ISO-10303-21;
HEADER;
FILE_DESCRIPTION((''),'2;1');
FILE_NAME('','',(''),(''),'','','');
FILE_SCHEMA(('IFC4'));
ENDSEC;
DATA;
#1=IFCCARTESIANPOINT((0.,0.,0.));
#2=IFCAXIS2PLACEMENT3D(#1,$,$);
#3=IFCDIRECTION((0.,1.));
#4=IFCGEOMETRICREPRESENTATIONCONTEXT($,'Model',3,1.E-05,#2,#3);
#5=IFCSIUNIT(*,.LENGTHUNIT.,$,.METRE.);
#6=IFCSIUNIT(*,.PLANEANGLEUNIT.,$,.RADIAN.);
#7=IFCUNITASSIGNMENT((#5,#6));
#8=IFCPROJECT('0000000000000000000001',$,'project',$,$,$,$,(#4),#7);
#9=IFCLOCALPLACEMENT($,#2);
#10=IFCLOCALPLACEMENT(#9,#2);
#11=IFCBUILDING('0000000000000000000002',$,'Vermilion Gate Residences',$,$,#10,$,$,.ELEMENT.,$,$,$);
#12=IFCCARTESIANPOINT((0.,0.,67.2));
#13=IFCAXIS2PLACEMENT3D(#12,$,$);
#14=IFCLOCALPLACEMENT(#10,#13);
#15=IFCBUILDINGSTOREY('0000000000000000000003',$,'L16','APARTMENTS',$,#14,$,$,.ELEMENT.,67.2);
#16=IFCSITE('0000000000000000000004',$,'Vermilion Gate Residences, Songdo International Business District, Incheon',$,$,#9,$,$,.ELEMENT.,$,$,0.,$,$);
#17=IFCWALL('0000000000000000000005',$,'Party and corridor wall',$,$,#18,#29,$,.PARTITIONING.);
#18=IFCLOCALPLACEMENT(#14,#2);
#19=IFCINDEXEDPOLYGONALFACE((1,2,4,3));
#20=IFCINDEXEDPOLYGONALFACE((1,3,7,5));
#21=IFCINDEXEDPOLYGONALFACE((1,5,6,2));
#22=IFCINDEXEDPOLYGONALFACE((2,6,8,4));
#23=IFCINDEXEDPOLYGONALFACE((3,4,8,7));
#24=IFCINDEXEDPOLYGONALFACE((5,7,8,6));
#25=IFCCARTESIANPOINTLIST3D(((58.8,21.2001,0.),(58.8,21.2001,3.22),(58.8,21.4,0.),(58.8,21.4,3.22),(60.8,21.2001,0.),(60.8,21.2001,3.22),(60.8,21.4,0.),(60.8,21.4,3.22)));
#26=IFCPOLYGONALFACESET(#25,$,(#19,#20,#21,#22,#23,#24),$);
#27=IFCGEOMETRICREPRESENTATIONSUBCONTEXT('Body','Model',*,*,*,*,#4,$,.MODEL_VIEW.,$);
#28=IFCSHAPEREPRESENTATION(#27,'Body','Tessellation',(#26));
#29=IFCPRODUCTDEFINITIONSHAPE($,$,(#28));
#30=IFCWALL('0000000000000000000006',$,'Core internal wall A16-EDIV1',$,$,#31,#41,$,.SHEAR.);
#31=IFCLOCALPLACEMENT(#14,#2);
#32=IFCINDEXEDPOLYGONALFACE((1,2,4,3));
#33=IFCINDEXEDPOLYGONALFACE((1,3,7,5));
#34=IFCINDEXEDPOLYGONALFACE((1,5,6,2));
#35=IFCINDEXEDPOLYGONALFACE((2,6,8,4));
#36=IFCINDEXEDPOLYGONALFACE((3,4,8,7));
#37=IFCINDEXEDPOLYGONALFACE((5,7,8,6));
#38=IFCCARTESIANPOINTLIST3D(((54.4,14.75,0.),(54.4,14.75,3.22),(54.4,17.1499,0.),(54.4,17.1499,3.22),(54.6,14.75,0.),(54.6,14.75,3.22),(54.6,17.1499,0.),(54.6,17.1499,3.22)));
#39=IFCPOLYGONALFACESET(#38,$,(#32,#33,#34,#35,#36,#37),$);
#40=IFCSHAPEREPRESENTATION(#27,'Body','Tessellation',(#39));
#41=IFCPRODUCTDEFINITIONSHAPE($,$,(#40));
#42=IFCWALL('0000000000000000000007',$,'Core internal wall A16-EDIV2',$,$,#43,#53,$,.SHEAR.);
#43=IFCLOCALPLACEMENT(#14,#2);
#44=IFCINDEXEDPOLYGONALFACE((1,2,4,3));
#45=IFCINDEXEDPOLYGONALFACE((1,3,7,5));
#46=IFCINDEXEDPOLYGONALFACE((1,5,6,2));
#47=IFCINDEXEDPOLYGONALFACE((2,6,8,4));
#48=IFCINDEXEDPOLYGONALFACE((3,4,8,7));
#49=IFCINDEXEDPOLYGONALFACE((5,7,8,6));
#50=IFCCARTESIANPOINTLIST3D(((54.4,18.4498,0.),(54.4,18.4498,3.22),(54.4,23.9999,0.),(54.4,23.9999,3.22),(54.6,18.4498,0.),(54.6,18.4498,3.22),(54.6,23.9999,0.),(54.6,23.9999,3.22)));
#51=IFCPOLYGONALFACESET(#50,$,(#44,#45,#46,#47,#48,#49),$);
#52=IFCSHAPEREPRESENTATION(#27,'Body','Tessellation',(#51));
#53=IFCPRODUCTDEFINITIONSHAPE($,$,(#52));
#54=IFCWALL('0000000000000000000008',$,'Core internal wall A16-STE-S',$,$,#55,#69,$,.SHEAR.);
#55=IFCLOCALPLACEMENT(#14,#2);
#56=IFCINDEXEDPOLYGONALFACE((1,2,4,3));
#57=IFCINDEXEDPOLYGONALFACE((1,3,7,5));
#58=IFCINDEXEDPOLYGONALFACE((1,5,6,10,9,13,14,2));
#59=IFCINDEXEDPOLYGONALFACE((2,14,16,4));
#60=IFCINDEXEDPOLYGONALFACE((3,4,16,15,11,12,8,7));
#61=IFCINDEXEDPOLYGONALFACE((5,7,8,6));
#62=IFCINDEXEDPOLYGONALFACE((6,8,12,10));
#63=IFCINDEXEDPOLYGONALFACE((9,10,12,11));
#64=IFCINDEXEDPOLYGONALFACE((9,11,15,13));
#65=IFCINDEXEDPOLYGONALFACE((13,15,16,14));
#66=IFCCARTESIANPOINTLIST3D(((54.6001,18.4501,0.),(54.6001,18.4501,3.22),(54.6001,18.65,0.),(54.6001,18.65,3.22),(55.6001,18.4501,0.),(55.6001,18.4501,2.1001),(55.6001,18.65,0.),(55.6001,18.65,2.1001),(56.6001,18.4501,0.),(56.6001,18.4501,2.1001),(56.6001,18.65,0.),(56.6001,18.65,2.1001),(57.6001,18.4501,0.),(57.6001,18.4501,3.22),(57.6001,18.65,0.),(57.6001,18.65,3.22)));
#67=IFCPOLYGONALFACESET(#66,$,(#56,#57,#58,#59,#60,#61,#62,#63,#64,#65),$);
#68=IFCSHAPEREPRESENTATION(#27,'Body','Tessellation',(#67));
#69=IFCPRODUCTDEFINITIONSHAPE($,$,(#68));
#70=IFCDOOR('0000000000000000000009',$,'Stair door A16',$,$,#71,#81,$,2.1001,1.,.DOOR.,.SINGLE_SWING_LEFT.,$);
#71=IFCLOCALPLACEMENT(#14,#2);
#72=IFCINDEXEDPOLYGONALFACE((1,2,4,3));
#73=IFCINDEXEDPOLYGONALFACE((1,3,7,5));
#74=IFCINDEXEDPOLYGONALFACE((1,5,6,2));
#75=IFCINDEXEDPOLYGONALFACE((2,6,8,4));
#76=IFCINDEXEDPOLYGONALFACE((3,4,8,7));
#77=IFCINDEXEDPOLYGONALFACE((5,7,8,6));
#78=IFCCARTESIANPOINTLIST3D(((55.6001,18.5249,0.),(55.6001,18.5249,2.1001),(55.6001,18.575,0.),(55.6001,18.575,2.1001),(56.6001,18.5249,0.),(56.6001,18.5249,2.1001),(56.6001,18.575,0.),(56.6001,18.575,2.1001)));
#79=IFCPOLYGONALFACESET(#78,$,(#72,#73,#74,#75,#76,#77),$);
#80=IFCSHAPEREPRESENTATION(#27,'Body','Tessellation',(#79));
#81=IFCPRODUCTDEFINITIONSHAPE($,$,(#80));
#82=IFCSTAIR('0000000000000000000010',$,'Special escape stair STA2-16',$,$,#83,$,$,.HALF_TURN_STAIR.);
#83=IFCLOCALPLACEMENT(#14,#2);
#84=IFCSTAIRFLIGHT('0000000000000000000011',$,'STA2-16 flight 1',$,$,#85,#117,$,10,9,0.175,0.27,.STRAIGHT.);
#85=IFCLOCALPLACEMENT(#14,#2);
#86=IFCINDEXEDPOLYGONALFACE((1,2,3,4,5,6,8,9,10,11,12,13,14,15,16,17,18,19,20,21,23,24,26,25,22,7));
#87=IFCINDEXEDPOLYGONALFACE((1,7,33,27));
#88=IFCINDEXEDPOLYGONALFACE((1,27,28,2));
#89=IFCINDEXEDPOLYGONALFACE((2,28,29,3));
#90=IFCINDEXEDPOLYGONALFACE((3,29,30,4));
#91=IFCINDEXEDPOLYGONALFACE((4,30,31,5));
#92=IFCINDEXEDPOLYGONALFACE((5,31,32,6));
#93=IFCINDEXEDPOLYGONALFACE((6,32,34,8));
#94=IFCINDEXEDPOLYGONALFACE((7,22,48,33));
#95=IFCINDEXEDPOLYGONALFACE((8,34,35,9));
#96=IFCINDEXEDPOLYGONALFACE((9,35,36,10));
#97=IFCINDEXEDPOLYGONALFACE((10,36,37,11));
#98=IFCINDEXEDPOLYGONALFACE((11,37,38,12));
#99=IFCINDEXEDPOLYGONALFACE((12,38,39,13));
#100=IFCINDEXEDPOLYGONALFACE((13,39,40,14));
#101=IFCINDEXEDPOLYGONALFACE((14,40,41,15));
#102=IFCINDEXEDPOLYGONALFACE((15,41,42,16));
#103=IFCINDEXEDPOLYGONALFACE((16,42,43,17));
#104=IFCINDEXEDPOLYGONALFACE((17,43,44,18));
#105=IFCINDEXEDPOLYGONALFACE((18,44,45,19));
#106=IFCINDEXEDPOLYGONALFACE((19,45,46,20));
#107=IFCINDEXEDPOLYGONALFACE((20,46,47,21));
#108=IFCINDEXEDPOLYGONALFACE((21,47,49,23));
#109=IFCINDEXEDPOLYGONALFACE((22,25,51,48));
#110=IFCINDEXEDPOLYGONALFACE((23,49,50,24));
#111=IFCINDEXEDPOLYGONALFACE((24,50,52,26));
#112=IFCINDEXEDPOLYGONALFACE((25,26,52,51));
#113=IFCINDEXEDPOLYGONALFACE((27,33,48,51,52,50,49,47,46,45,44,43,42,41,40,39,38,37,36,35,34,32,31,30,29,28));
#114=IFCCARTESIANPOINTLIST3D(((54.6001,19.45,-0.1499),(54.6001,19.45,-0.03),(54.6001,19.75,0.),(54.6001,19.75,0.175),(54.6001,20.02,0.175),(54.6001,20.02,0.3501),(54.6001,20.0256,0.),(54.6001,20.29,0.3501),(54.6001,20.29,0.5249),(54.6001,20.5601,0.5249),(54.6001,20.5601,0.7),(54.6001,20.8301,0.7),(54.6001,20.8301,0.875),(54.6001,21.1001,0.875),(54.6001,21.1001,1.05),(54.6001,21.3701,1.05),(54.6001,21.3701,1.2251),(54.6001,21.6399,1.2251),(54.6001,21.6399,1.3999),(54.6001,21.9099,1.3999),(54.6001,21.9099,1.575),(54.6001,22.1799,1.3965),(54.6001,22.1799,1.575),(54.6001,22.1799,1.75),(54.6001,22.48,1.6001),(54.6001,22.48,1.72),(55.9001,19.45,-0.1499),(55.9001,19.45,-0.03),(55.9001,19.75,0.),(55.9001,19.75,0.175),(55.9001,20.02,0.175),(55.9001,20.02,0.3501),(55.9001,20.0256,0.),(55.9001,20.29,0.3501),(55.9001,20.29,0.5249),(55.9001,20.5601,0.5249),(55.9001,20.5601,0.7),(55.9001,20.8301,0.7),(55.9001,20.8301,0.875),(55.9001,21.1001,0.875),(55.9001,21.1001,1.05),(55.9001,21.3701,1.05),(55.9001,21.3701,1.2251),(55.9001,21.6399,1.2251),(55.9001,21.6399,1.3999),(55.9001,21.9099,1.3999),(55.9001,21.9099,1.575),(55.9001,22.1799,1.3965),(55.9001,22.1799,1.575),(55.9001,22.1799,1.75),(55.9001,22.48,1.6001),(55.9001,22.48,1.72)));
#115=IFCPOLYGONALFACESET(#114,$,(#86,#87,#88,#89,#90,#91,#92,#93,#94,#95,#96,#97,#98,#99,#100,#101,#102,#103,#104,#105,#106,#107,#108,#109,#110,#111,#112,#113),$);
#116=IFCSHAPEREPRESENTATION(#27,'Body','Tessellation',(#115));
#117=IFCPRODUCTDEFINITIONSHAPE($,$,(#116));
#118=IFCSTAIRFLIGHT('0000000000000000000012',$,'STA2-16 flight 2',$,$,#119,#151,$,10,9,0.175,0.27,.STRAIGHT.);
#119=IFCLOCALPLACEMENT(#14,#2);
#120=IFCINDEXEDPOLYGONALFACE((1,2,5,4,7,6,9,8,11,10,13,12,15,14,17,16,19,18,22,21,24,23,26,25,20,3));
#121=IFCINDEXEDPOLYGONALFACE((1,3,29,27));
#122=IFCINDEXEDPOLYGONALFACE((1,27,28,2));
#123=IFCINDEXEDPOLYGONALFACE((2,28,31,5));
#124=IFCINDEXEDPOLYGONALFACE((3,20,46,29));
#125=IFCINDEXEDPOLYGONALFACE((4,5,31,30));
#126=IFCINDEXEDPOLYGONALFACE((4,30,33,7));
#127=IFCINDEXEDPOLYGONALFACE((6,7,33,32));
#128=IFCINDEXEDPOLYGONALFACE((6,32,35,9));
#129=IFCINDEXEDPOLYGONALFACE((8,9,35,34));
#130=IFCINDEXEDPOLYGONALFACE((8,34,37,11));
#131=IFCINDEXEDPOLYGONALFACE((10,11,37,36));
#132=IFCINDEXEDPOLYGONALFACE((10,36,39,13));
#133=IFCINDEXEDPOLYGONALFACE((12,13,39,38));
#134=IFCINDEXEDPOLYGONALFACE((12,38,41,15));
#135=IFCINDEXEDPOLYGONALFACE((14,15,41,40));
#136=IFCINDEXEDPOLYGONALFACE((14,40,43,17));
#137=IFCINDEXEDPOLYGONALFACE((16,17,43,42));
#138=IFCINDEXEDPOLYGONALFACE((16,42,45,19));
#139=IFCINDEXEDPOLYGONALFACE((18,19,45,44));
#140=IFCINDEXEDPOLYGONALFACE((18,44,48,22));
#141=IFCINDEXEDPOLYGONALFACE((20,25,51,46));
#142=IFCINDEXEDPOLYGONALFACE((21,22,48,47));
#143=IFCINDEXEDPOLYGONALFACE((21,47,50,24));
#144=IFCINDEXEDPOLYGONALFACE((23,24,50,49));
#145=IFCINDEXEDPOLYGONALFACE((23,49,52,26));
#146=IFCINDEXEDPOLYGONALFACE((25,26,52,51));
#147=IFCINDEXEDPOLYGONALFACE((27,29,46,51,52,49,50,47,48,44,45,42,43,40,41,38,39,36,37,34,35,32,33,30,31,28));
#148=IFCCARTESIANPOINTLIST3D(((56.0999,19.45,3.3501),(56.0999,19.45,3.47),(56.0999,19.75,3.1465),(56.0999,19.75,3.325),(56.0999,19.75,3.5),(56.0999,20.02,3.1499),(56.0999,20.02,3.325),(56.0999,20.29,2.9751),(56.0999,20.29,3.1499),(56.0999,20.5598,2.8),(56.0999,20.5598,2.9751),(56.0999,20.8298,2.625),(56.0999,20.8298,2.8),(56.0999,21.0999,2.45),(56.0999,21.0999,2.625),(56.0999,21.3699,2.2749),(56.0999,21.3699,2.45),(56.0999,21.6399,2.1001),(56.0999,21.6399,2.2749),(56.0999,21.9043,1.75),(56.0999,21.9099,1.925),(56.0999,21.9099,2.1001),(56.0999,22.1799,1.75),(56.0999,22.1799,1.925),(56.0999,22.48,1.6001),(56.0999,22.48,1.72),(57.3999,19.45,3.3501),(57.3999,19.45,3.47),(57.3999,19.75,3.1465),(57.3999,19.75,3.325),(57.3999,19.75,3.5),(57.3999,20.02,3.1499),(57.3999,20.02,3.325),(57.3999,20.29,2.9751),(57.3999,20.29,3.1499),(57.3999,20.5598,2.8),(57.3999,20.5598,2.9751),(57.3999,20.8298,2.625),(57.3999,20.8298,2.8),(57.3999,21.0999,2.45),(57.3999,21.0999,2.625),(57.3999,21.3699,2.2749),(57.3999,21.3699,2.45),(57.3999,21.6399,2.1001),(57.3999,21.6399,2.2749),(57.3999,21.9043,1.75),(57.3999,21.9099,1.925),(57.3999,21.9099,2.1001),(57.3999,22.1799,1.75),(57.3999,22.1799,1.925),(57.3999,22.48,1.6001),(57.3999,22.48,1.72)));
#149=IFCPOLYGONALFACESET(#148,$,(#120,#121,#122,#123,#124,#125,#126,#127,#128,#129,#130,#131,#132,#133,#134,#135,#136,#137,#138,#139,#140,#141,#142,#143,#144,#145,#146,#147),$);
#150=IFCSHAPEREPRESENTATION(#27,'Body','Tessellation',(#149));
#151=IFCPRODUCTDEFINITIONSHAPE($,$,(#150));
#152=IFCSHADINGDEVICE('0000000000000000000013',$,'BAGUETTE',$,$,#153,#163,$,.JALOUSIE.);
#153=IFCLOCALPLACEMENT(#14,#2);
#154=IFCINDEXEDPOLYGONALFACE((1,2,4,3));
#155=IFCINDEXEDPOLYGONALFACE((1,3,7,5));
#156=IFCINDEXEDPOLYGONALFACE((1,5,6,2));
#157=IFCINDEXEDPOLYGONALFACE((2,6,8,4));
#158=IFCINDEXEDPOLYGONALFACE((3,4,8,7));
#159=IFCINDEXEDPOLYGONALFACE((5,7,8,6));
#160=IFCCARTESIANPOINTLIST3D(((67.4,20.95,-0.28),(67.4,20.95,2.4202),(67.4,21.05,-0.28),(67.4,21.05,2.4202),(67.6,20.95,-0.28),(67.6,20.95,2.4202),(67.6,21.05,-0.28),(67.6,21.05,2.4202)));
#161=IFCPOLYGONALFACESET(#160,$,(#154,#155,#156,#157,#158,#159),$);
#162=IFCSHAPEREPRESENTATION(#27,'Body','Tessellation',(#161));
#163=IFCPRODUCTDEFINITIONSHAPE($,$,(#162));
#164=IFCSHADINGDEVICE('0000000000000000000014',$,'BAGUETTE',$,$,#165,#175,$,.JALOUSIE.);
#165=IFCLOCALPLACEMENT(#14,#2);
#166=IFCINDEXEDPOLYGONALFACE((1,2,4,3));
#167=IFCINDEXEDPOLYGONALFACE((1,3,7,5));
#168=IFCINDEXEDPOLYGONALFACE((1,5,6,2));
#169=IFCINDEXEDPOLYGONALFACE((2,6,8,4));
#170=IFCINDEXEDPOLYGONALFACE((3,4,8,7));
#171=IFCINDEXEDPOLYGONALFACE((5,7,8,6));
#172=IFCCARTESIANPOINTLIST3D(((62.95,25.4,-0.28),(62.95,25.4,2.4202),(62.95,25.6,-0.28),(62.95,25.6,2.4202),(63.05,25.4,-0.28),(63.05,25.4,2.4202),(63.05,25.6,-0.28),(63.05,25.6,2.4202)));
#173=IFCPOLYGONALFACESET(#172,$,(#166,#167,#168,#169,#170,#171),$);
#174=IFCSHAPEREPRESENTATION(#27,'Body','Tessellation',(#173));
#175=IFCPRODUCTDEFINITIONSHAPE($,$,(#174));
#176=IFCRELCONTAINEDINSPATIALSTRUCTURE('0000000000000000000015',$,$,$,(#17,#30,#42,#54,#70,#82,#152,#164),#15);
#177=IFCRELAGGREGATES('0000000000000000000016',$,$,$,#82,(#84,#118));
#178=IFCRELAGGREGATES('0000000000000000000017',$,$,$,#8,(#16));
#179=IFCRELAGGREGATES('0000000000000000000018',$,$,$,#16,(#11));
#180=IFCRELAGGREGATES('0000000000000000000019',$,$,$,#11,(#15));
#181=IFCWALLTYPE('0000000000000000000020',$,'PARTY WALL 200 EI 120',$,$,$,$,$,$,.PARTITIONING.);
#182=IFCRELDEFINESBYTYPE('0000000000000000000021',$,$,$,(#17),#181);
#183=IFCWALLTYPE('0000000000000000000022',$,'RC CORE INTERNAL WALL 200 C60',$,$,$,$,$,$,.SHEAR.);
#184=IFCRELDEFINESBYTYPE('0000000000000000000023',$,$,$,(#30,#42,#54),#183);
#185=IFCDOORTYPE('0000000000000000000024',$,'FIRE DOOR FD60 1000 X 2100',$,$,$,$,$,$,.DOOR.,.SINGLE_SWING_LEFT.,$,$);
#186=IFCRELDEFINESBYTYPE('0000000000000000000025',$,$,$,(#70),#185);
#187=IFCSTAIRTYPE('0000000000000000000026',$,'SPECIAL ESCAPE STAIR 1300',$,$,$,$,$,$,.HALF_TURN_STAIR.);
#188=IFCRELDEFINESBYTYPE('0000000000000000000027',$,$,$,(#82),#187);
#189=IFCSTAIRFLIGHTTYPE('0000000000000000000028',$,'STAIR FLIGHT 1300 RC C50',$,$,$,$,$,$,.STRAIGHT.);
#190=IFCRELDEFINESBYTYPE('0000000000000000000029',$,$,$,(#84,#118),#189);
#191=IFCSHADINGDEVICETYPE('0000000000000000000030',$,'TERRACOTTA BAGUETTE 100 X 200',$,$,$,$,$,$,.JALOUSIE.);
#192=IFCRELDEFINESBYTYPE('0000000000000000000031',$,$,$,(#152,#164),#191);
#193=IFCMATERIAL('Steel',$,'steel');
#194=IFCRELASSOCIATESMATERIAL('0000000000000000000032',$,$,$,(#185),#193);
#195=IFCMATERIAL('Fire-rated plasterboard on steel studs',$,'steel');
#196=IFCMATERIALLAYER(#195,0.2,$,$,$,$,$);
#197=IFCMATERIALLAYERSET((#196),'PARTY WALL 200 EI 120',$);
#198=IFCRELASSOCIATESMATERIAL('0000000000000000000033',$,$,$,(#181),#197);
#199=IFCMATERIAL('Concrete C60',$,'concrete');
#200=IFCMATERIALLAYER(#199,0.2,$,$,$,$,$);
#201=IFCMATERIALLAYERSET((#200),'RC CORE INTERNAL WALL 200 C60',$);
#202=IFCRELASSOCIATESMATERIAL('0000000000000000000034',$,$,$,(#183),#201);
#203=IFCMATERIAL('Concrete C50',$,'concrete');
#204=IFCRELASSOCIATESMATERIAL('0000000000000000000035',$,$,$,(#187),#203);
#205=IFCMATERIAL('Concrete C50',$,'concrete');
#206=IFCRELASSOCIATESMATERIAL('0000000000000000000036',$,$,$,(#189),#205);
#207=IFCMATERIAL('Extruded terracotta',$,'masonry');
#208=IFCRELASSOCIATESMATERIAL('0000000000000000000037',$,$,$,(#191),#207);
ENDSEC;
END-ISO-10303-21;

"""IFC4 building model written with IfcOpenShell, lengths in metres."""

from ifc_helpers import new_model, si_unit, direction, frame, frame_2d, origin, origin_2d, place, context, subcontext, project, spatial, polyline, rectangle, outline, extrude, material, layer, layer_set, material_profile, profile_set, type_object, element, fill, aggregate, save


model = new_model("IFC4")

# Units and contexts
model_context = context("Model", 3, precision=1e-05, world=origin(), true_north=direction((0.0, 1.0)))
body_context = subcontext(model_context, "Body", "Model", "MODEL_VIEW")
ifc_project = project(units=[si_unit("LENGTHUNIT", "METRE"), si_unit("PLANEANGLEUNIT", "RADIAN")], contexts=[model_context])

# Site, building, storey
site_placement = place(None, origin())
site = spatial("IfcSite", under=ifc_project, at=site_placement, Name="Vermilion Gate Residences, Songdo International Business District, Incheon", CompositionType="ELEMENT", RefElevation=0.0)
building_placement = place(site_placement, origin())
building = spatial("IfcBuilding", under=site, at=building_placement, Name="Vermilion Gate Residences", CompositionType="ELEMENT")
storey_placement = place(building_placement, frame((0.0, 0.0, 67.2)))
storey = spatial("IfcBuildingStorey", under=building, at=storey_placement, Name="L16", Description="APARTMENTS", CompositionType="ELEMENT", Elevation=67.2)

# Shared definitions
ifc_material_1 = material(Name="Steel", Category="steel")
door_type = type_object("IfcDoorType", Name="FIRE DOOR FD60 1000 X 2100", OperationType="SINGLE_SWING_LEFT", PredefinedType="DOOR", material=ifc_material_1)

# Walls
ifc_material_2 = material(Name="Fire-rated plasterboard on steel studs", Category="steel")
ifc_layer_1 = layer(ifc_material_2, 0.2)
ifc_layer_set_1 = layer_set([ifc_layer_1], Name="PARTY WALL 200 EI 120")
wall_type_1 = type_object("IfcWallType", Name="PARTY WALL 200 EI 120", PredefinedType="PARTITIONING", material=ifc_layer_set_1)
wall_1_placement = place(storey_placement, frame((58.8, 21.3, 0.0), z_axis=(0.0, 0.0, 1.0), x_axis=(1.0, 0.0, 0.0)))
element("IfcWall", 1, at=wall_1_placement, inside=storey, type_object=wall_type_1, Name="Party and corridor wall", PredefinedType="PARTITIONING", context=body_context, shape_type="SweptSolid", body=[
    extrude(rectangle(XDim=2.0, YDim=0.2, at=frame_2d((1.0, 0.0))), origin(), (0.0, 0.0, 1.0), 3.22),
])
ifc_material_3 = material(Name="Concrete C60", Category="concrete")
ifc_layer_2 = layer(ifc_material_3, 0.2)
ifc_layer_set_2 = layer_set([ifc_layer_2], Name="RC CORE INTERNAL WALL 200 C60")
wall_type_2 = type_object("IfcWallType", Name="RC CORE INTERNAL WALL 200 C60", PredefinedType="SHEAR", material=ifc_layer_set_2)
wall_2_placement = place(storey_placement, frame((54.5, 14.75, 0.0), z_axis=(0.0, 0.0, 1.0), x_axis=(0.0, 1.0, 0.0)))
element("IfcWall", 2, at=wall_2_placement, inside=storey, type_object=wall_type_2, Name="Core internal wall A16-EDIV1", PredefinedType="SHEAR", context=body_context, shape_type="SweptSolid", body=[
    extrude(rectangle(XDim=2.3999, YDim=0.2, at=frame_2d((1.2, 0.0))), origin(), (0.0, 0.0, 1.0), 3.22),
])
wall_3_placement = place(storey_placement, frame((54.5, 18.45, 0.0), z_axis=(0.0, 0.0, 1.0), x_axis=(0.0, 1.0, 0.0)))
element("IfcWall", 3, at=wall_3_placement, inside=storey, type_object=wall_type_2, Name="Core internal wall A16-EDIV2", PredefinedType="SHEAR", context=body_context, shape_type="SweptSolid", body=[
    extrude(rectangle(XDim=5.55, YDim=0.2, at=frame_2d((2.7749, 0.0))), origin(), (0.0, 0.0, 1.0), 3.22),
])

# Wall, opening, door
wall_4_placement = place(storey_placement, frame((54.6001, 18.55, 0.0), z_axis=(0.0, 0.0, 1.0), x_axis=(1.0, 0.0, 0.0)))
wall_4 = element("IfcWall", 4, at=wall_4_placement, inside=storey, type_object=wall_type_2, Name="Core internal wall A16-STE-S", PredefinedType="SHEAR", context=body_context, shape_type="SweptSolid", body=[
    extrude(rectangle(XDim=3.0, YDim=0.2, at=frame_2d((1.5, 0.0))), origin(), (0.0, 0.0, 1.0), 3.22),
])
opening_1_placement = place(wall_4_placement, frame((1.0, 0.0, 0.0)))
opening_1 = element("IfcOpeningElement", 5, at=opening_1_placement, cuts=wall_4, PredefinedType="OPENING", context=body_context, shape_type="SweptSolid", body=[
    extrude(rectangle(XDim=1.0, YDim=2.1001, at=frame_2d((0.5, 1.05))), frame((0.0, 0.1099, 0.0), z_axis=(0.0, -1.0, 0.0), x_axis=(1.0, 0.0, 0.0)), (0.0, 0.0, 1.0), 0.22),
])
door_1_placement = place(opening_1_placement, origin())
door_1 = element("IfcDoor", 6, at=door_1_placement, inside=storey, type_object=door_type, Name="Stair door A16", OperationType="SINGLE_SWING_LEFT", OverallHeight=2.1001, OverallWidth=1.0, PredefinedType="DOOR", context=body_context, shape_type="SweptSolid", body=[
    extrude(rectangle(XDim=1.0, YDim=2.1001, at=frame_2d((0.5, 1.05))), frame((0.0, 0.0249, 0.0), z_axis=(0.0, -1.0, 0.0), x_axis=(1.0, 0.0, 0.0)), (0.0, 0.0, 1.0), 0.05),
])
fill(opening_1, door_1)

# Stair, stair flights
ifc_material_4 = material(Name="Concrete C50", Category="concrete")
stair_type = type_object("IfcStairType", Name="SPECIAL ESCAPE STAIR 1300", PredefinedType="HALF_TURN_STAIR", material=ifc_material_4)
stair_placement = place(storey_placement, origin())
stair = element("IfcStair", 7, at=stair_placement, inside=storey, type_object=stair_type, Name="Special escape stair STA2-16", PredefinedType="HALF_TURN_STAIR")
ifc_material_5 = material(Name="Concrete C50", Category="concrete")
stair_flight_type = type_object("IfcStairFlightType", Name="STAIR FLIGHT 1300 RC C50", PredefinedType="STRAIGHT", material=ifc_material_5)
stair_flight_1_placement = place(storey_placement, frame((55.25, 19.75, 0.0), z_axis=(0.0, 0.0, 1.0), x_axis=(0.0, 1.0, 0.0)))
stair_flight_1 = element("IfcStairFlight", 8, at=stair_flight_1_placement, type_object=stair_flight_type, Name="STA2-16 flight 1", NumberOfRisers=10, NumberOfTreads=9, PredefinedType="STRAIGHT", RiserHeight=0.175, TreadLength=0.27, context=body_context, shape_type="SweptSolid", body=[
    extrude(outline(polyline([(-0.3, -0.1499), (-0.3, -0.03), (0.0, 0.0), (0.0, 0.175), (0.27, 0.175), (0.27, 0.3501), (0.54, 0.3501), (0.54, 0.5249), (0.8101, 0.5249), (0.8101, 0.7), (1.0801, 0.7), (1.0801, 0.875), (1.3501, 0.875), (1.3501, 1.05), (1.6201, 1.05), (1.6201, 1.2251), (1.8899, 1.2251), (1.8899, 1.3999), (2.1599, 1.3999), (2.1599, 1.575), (2.4299, 1.575), (2.4299, 1.75), (2.73, 1.72), (2.73, 1.6001), (2.4299, 1.3965), (0.2756, 0.0), (-0.3, -0.1499)])), frame((0.0, 0.6499, 0.0), z_axis=(0.0, -1.0, 0.0), x_axis=(1.0, 0.0, 0.0)), (0.0, 0.0, 1.0), 1.3),
])
stair_flight_2_placement = place(storey_placement, frame((56.75, 22.1799, 1.75), z_axis=(0.0, 0.0, 1.0), x_axis=(0.0, -1.0, 0.0)))
stair_flight_2 = element("IfcStairFlight", 9, at=stair_flight_2_placement, type_object=stair_flight_type, Name="STA2-16 flight 2", NumberOfRisers=10, NumberOfTreads=9, PredefinedType="STRAIGHT", RiserHeight=0.175, TreadLength=0.27, context=body_context, shape_type="SweptSolid", body=[
    extrude(outline(polyline([(-0.3, -0.1499), (-0.3, -0.03), (0.0, 0.0), (0.0, 0.175), (0.27, 0.175), (0.27, 0.3501), (0.54, 0.3501), (0.54, 0.5249), (0.8101, 0.5249), (0.8101, 0.7), (1.0801, 0.7), (1.0801, 0.875), (1.3501, 0.875), (1.3501, 1.05), (1.6201, 1.05), (1.6201, 1.2251), (1.8899, 1.2251), (1.8899, 1.3999), (2.1599, 1.3999), (2.1599, 1.575), (2.4299, 1.575), (2.4299, 1.75), (2.73, 1.72), (2.73, 1.6001), (2.4299, 1.3965), (0.2756, 0.0), (-0.3, -0.1499)])), frame((0.0, 0.6499, 0.0), z_axis=(0.0, -1.0, 0.0), x_axis=(1.0, 0.0, 0.0)), (0.0, 0.0, 1.0), 1.3),
])
aggregate(stair, [stair_flight_1, stair_flight_2])

# Shading devices
ifc_material_6 = material(Name="Extruded terracotta", Category="masonry")
ifc_material_profile_1 = material_profile(ifc_material_6, rectangle(XDim=0.2, YDim=0.1001, at=origin_2d()), Name="BAGUETTE 100 X 200")
ifc_profile_set_1 = profile_set([ifc_material_profile_1], Name="Extruded terracotta")
shading_device_type_1 = type_object("IfcShadingDeviceType", Name="TERRACOTTA BAGUETTE 100 X 200", PredefinedType="JALOUSIE", material=ifc_profile_set_1)
for number, where, z_axis, x_axis, name in (
    (10, (67.5, 21.0, -0.28), (0.0, 0.0, 1.0), (-1.0, 0.0, 0.0), "BAGUETTE"),
    (11, (63.0, 25.5, -0.28), (0.0, 0.0, 1.0), (0.0, -1.0, 0.0), "BAGUETTE"),
):
    element("IfcShadingDevice", number, at=place(storey_placement, frame(where, z_axis=z_axis, x_axis=x_axis)), inside=storey, type_object=shading_device_type_1, Name=name, PredefinedType="JALOUSIE", context=body_context, shape_type="SweptSolid", body=[
        extrude(rectangle(XDim=0.2, YDim=0.1001, at=origin_2d()), origin(), (0.0, 0.0, 1.0), 2.7002),
    ])

save(model, "model.ifc")
